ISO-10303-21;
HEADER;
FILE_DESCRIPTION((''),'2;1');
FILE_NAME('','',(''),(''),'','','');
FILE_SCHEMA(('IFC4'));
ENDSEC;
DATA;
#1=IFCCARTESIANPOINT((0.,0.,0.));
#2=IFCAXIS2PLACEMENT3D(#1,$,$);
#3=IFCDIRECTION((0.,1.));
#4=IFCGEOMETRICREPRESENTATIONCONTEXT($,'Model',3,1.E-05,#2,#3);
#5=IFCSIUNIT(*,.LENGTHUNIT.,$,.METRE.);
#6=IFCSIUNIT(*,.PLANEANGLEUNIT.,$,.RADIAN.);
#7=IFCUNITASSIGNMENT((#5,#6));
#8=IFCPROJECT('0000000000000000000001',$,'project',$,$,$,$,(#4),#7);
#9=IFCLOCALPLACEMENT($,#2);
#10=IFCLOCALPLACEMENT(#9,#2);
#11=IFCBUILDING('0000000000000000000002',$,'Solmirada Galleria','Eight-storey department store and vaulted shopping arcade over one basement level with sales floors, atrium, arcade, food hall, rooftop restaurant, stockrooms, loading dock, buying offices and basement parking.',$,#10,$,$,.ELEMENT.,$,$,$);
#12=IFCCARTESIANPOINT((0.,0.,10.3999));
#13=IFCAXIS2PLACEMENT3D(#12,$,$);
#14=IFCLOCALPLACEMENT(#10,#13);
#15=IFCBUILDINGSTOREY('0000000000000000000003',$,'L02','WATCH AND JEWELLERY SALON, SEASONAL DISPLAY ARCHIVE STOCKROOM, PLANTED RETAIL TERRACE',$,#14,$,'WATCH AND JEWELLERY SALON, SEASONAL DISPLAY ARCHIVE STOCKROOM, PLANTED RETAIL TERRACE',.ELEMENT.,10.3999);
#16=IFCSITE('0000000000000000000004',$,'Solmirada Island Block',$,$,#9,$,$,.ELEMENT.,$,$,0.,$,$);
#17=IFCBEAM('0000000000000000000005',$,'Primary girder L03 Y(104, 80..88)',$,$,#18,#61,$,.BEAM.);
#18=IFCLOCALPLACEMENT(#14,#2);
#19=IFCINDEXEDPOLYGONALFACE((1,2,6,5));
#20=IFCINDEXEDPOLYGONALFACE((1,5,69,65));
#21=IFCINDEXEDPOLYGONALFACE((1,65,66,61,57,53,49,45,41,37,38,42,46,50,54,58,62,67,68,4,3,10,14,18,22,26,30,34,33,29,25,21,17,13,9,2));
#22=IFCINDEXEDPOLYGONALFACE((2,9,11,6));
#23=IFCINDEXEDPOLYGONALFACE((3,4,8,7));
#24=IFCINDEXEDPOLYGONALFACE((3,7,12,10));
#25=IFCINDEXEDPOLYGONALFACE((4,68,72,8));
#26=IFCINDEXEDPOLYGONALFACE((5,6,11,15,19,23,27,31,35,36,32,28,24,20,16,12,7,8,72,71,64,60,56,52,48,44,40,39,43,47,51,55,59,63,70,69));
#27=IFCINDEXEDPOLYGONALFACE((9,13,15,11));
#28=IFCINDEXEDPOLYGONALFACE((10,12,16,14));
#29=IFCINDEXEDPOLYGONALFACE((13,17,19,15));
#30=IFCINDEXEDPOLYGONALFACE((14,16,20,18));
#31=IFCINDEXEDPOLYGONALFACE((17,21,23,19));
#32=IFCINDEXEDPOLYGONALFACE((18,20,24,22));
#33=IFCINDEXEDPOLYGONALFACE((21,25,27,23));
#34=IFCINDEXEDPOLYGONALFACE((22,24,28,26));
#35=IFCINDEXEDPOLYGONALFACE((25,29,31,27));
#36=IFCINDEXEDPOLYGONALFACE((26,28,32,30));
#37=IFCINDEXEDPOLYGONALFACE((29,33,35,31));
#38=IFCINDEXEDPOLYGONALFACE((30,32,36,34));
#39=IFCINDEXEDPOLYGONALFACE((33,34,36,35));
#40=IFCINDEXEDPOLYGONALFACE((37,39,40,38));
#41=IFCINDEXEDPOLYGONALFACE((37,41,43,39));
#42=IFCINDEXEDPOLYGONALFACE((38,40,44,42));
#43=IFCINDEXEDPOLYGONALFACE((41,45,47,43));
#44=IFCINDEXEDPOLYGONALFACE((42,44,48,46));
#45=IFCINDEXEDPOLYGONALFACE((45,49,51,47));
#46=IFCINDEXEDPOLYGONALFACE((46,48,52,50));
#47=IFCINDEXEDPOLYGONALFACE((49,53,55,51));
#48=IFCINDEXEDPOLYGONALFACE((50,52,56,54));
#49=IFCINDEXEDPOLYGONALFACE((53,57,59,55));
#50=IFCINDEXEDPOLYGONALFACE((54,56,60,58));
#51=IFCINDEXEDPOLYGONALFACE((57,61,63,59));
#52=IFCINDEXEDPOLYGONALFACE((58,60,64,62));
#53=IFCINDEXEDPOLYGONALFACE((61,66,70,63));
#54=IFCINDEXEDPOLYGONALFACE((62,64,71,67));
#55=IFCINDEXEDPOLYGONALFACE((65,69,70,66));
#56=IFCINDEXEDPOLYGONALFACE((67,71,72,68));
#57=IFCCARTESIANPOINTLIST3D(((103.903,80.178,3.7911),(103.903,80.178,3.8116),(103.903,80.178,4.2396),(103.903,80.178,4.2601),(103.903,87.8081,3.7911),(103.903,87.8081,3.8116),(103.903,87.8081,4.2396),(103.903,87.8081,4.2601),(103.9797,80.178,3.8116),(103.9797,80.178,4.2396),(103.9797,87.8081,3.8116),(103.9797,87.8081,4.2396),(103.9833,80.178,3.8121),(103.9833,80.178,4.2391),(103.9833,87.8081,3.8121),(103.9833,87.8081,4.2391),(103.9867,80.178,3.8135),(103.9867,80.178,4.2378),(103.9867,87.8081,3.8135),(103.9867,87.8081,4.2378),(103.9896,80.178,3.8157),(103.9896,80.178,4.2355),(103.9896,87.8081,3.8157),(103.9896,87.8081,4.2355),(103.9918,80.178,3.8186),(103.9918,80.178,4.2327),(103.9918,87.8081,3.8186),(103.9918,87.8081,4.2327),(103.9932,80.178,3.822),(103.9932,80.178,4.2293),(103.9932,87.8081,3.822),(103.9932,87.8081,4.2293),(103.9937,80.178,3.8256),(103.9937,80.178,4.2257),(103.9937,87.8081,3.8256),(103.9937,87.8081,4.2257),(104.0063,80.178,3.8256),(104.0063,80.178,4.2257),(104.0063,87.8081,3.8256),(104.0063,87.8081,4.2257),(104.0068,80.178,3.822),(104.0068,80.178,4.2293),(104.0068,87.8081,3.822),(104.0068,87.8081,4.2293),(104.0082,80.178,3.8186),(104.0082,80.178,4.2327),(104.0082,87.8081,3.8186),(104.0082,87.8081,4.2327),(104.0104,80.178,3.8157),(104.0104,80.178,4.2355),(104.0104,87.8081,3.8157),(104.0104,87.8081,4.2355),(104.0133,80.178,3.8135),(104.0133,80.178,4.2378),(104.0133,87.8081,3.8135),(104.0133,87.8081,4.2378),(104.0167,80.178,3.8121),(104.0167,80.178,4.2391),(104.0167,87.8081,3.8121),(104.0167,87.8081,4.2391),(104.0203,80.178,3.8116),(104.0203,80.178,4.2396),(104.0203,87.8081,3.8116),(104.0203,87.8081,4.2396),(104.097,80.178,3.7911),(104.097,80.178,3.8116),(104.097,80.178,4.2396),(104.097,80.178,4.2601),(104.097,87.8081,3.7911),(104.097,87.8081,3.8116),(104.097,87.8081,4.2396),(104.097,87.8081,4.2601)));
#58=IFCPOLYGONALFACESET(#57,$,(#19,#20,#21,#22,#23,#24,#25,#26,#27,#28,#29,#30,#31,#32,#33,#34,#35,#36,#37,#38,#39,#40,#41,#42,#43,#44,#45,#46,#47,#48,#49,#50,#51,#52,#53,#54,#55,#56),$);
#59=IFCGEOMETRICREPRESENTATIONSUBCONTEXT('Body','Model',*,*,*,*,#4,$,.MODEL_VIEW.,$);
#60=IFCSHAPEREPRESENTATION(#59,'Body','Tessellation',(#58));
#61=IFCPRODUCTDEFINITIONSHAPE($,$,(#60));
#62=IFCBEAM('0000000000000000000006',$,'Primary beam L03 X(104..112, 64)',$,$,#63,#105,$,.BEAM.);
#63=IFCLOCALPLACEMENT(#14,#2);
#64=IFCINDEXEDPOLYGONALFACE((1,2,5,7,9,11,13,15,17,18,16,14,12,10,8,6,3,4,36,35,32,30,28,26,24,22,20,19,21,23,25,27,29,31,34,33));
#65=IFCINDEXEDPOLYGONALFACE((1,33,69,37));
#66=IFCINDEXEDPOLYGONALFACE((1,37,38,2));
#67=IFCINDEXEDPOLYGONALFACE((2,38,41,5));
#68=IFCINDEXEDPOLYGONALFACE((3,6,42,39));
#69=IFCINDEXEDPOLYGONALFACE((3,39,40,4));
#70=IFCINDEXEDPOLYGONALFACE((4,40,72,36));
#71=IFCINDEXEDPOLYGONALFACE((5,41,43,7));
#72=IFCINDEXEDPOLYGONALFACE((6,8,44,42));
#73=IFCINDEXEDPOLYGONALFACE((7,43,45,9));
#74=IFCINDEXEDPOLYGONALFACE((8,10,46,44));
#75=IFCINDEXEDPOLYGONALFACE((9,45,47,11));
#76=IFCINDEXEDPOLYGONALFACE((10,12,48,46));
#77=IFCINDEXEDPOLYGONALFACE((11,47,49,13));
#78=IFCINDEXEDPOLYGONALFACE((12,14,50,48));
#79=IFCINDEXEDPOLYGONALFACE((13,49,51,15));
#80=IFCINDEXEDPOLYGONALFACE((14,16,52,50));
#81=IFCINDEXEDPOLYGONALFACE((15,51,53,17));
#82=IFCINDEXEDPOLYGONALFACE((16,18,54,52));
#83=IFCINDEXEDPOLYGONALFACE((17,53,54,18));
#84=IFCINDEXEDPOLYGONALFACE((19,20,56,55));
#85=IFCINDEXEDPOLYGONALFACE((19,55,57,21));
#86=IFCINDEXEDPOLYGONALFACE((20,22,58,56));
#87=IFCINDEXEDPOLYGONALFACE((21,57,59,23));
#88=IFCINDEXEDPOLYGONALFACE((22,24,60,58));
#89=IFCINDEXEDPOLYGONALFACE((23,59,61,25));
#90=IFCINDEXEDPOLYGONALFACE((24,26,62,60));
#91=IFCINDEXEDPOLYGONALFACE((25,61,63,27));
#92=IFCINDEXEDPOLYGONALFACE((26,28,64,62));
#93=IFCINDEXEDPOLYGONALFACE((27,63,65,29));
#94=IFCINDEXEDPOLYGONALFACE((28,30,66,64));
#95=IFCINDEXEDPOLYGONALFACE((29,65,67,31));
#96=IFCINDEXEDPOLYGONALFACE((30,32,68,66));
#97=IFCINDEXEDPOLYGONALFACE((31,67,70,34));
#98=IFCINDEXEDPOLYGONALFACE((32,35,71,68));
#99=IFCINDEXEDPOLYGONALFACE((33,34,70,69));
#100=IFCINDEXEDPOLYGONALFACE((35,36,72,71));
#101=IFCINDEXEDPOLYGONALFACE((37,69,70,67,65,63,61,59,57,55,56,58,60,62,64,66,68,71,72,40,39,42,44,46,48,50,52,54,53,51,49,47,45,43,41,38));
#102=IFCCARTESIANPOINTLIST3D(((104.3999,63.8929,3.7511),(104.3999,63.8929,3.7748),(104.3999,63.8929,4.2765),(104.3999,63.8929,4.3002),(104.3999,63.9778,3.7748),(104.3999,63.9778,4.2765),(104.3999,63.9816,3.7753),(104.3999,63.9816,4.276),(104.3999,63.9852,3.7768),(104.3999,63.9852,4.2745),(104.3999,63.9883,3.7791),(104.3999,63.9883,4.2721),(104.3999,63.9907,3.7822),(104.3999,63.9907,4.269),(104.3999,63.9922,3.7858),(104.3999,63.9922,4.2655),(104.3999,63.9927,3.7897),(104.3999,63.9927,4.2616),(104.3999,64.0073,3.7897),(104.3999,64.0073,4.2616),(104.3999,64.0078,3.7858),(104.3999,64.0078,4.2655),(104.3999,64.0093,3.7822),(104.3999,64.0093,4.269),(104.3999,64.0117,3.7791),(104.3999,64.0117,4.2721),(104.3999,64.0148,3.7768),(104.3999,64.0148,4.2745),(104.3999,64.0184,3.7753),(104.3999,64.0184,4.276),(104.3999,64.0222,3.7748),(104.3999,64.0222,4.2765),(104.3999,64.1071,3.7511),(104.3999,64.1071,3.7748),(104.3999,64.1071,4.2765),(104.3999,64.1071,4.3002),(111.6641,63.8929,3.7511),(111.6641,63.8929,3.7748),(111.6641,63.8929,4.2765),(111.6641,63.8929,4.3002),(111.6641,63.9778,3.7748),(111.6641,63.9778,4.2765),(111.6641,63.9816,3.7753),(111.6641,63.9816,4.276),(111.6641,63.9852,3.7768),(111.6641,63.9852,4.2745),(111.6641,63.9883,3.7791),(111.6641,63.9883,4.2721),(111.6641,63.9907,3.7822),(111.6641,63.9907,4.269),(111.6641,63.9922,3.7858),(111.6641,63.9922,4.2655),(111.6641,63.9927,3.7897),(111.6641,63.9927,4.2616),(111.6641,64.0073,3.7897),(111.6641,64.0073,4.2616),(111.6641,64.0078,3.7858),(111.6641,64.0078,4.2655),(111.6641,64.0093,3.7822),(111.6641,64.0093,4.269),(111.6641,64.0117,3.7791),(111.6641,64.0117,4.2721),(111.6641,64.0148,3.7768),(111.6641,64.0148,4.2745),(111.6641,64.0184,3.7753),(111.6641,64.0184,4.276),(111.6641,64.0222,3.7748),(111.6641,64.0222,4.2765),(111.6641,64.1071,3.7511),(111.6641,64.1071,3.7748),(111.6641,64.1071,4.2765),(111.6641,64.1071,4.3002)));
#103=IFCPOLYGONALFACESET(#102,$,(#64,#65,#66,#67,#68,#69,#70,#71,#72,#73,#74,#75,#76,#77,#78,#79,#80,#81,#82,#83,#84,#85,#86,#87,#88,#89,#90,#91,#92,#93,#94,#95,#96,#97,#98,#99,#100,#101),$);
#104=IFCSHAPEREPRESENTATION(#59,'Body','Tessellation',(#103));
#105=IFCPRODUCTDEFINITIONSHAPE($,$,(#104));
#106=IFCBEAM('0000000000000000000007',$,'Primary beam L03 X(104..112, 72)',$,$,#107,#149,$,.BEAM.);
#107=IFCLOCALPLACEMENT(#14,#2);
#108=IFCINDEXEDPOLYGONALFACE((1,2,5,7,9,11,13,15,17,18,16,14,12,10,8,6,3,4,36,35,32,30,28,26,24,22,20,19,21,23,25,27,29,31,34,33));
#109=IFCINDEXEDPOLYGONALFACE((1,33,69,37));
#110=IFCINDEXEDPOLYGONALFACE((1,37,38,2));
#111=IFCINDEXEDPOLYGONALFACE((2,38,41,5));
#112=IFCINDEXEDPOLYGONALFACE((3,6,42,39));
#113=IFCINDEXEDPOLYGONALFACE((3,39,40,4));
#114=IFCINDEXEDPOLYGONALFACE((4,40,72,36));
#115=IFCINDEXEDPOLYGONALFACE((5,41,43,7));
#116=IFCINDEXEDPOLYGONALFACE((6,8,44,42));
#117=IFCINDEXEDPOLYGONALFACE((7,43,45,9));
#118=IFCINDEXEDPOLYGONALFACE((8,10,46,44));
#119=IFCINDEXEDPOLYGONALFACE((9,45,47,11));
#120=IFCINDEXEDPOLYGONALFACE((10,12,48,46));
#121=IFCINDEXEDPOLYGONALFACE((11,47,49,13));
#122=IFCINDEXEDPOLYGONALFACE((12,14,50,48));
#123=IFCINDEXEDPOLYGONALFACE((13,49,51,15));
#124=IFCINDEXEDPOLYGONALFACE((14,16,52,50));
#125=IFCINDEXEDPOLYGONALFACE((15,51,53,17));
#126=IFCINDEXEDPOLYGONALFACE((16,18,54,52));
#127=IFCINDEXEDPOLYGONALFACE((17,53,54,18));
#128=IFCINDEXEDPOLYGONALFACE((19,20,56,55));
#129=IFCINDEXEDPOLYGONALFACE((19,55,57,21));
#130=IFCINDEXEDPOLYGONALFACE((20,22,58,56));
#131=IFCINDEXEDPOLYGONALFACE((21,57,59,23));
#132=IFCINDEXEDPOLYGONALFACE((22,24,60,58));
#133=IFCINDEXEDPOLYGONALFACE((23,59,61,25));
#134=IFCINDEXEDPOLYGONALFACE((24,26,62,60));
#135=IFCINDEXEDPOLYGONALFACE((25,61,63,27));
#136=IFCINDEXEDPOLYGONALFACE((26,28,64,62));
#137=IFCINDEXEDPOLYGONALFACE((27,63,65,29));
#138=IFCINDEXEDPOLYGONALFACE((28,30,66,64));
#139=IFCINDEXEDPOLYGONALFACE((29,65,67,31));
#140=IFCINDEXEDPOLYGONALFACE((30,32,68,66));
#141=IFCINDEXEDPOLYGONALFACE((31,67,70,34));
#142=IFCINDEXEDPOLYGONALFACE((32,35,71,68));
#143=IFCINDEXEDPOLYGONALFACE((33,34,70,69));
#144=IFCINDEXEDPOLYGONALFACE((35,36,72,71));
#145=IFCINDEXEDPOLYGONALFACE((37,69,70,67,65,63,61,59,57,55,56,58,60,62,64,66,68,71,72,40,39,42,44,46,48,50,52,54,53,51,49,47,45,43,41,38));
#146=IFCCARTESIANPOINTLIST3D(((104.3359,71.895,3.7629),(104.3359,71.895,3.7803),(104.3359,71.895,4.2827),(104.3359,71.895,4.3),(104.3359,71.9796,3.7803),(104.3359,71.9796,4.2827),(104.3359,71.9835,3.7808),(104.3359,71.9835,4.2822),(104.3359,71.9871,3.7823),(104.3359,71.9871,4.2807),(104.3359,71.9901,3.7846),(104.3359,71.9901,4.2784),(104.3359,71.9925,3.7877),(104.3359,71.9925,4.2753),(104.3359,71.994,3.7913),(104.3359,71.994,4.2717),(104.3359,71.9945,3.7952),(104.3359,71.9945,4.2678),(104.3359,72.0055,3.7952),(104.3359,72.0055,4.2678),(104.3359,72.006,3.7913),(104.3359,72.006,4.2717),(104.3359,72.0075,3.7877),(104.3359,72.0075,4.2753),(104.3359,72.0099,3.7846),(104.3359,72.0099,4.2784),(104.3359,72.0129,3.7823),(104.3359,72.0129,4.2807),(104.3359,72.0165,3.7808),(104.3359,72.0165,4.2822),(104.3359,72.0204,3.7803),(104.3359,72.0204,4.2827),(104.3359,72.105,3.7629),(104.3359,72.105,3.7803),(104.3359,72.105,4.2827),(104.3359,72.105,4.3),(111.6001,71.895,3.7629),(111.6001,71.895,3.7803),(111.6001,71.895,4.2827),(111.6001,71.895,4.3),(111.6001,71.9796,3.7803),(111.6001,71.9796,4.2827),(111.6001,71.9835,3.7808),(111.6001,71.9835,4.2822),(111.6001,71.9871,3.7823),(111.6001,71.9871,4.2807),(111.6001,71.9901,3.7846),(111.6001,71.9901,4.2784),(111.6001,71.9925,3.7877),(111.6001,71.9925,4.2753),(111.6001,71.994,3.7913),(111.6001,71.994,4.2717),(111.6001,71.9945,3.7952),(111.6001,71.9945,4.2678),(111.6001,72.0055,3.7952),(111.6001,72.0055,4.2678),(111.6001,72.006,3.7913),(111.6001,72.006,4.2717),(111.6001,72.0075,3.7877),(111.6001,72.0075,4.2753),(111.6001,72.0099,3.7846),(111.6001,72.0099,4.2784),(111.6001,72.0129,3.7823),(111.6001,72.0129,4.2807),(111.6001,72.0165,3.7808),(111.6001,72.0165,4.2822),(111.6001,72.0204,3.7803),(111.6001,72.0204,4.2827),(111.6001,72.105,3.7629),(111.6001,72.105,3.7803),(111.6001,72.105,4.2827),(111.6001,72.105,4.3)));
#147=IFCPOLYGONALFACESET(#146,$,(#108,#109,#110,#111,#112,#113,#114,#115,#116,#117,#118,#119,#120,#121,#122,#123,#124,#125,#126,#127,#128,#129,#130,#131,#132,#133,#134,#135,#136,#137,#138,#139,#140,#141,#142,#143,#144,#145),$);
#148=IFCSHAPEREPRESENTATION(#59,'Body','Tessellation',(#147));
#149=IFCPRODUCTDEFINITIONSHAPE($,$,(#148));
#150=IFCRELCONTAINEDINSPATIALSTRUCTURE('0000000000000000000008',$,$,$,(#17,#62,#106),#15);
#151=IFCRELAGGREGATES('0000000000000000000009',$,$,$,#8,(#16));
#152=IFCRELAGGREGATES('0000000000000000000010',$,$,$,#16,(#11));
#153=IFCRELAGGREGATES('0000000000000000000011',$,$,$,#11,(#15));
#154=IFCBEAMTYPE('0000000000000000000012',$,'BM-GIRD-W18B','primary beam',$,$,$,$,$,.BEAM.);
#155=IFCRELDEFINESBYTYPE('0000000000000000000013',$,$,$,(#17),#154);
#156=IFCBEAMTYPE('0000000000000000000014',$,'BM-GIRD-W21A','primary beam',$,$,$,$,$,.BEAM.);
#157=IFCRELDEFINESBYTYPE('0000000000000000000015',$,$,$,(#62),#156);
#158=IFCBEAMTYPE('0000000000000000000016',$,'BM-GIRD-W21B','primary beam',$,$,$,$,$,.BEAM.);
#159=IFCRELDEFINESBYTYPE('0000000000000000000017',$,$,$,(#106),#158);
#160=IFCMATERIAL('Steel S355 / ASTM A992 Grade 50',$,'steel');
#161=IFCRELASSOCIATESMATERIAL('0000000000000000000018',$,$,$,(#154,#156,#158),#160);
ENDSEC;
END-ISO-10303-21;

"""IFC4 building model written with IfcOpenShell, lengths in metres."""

from ifc_helpers import new_model, si_unit, direction, frame, origin, origin_2d, place, context, subcontext, project, spatial, i_section, extrude, material, material_profile, profile_set, type_object, element, save


model = new_model("IFC4")

# Units and contexts
model_context = context("Model", 3, precision=1e-05, world=origin(), true_north=direction((0.0, 1.0)))
body_context = subcontext(model_context, "Body", "Model", "MODEL_VIEW")
ifc_project = project(units=[si_unit("LENGTHUNIT", "METRE"), si_unit("PLANEANGLEUNIT", "RADIAN")], contexts=[model_context])

# Site, building, storey
site_placement = place(None, origin())
site = spatial("IfcSite", under=ifc_project, at=site_placement, Name="Solmirada Island Block", CompositionType="ELEMENT", RefElevation=0.0)
building_placement = place(site_placement, origin())
building = spatial("IfcBuilding", under=site, at=building_placement, Name="Solmirada Galleria", Description="Eight-storey department store and vaulted shopping arcade over one basement level with sales floors, atrium, arcade, food hall, rooftop restaurant, stockrooms, loading dock, buying offices and basement parking.", CompositionType="ELEMENT")
storey_placement = place(building_placement, frame((0.0, 0.0, 10.3999)))
storey = spatial("IfcBuildingStorey", under=building, at=storey_placement, Name="L02", Description="WATCH AND JEWELLERY SALON, SEASONAL DISPLAY ARCHIVE STOCKROOM, PLANTED RETAIL TERRACE", LongName="WATCH AND JEWELLERY SALON, SEASONAL DISPLAY ARCHIVE STOCKROOM, PLANTED RETAIL TERRACE", CompositionType="ELEMENT", Elevation=10.3999)

# Beams
ifc_material_1 = material(Name="Steel S355 / ASTM A992 Grade 50", Category="steel")
ifc_material_profile_1 = material_profile(ifc_material_1, i_section(OverallWidth=0.1941, OverallDepth=0.469, WebThickness=0.0127, FlangeThickness=0.0205, FilletRadius=0.0139, at=origin_2d()), Name="W18X71")
ifc_profile_set_1 = profile_set([ifc_material_profile_1], Name="Steel S355 / ASTM A992 Grade 50")
beam_type_1 = type_object("IfcBeamType", Name="BM-GIRD-W18B", Description="primary beam", PredefinedType="BEAM", material=ifc_profile_set_1)
beam_1_placement = place(storey_placement, frame((104.0, 80.178, 4.0256), z_axis=(0.0, 1.0, 0.0), x_axis=(-1.0, 0.0, 0.0)))
element("IfcBeam", 1, at=beam_1_placement, inside=storey, type_object=beam_type_1, Name="Primary girder L03 Y(104, 80..88)", PredefinedType="BEAM", context=body_context, shape_type="SweptSolid", body=[
    extrude(i_section(OverallWidth=0.1941, OverallDepth=0.469, WebThickness=0.0127, FlangeThickness=0.0205, FilletRadius=0.0139, at=origin_2d()), origin(), (0.0, 0.0, 1.0), 7.6301),
])
ifc_material_profile_2 = material_profile(ifc_material_1, i_section(OverallWidth=0.2141, OverallDepth=0.5491, WebThickness=0.0146, FlangeThickness=0.0237, FilletRadius=0.0149, at=origin_2d()), Name="W21X93")
ifc_profile_set_2 = profile_set([ifc_material_profile_2], Name="Steel S355 / ASTM A992 Grade 50")
beam_type_2 = type_object("IfcBeamType", Name="BM-GIRD-W21A", Description="primary beam", PredefinedType="BEAM", material=ifc_profile_set_2)
beam_2_placement = place(storey_placement, frame((104.3999, 64.0, 4.0256), z_axis=(1.0, 0.0, 0.0), x_axis=(0.0, 1.0, 0.0)))
element("IfcBeam", 2, at=beam_2_placement, inside=storey, type_object=beam_type_2, Name="Primary beam L03 X(104..112, 64)", PredefinedType="BEAM", context=body_context, shape_type="SweptSolid", body=[
    extrude(i_section(OverallWidth=0.2141, OverallDepth=0.5491, WebThickness=0.0146, FlangeThickness=0.0237, FilletRadius=0.0149, at=origin_2d()), origin(), (0.0, 0.0, 1.0), 7.2642),
])
ifc_material_profile_3 = material_profile(ifc_material_1, i_section(OverallWidth=0.21, OverallDepth=0.5371, WebThickness=0.011, FlangeThickness=0.0173, FilletRadius=0.0149, at=origin_2d()), Name="W21X68")
ifc_profile_set_3 = profile_set([ifc_material_profile_3], Name="Steel S355 / ASTM A992 Grade 50")
beam_type_3 = type_object("IfcBeamType", Name="BM-GIRD-W21B", Description="primary beam", PredefinedType="BEAM", material=ifc_profile_set_3)
beam_3_placement = place(storey_placement, frame((104.3359, 72.0, 4.0315), z_axis=(1.0, 0.0, 0.0), x_axis=(0.0, 1.0, 0.0)))
element("IfcBeam", 3, at=beam_3_placement, inside=storey, type_object=beam_type_3, Name="Primary beam L03 X(104..112, 72)", PredefinedType="BEAM", context=body_context, shape_type="SweptSolid", body=[
    extrude(i_section(OverallWidth=0.21, OverallDepth=0.5371, WebThickness=0.011, FlangeThickness=0.0173, FilletRadius=0.0149, at=origin_2d()), origin(), (0.0, 0.0, 1.0), 7.2642),
])

save(model, "model.ifc")
